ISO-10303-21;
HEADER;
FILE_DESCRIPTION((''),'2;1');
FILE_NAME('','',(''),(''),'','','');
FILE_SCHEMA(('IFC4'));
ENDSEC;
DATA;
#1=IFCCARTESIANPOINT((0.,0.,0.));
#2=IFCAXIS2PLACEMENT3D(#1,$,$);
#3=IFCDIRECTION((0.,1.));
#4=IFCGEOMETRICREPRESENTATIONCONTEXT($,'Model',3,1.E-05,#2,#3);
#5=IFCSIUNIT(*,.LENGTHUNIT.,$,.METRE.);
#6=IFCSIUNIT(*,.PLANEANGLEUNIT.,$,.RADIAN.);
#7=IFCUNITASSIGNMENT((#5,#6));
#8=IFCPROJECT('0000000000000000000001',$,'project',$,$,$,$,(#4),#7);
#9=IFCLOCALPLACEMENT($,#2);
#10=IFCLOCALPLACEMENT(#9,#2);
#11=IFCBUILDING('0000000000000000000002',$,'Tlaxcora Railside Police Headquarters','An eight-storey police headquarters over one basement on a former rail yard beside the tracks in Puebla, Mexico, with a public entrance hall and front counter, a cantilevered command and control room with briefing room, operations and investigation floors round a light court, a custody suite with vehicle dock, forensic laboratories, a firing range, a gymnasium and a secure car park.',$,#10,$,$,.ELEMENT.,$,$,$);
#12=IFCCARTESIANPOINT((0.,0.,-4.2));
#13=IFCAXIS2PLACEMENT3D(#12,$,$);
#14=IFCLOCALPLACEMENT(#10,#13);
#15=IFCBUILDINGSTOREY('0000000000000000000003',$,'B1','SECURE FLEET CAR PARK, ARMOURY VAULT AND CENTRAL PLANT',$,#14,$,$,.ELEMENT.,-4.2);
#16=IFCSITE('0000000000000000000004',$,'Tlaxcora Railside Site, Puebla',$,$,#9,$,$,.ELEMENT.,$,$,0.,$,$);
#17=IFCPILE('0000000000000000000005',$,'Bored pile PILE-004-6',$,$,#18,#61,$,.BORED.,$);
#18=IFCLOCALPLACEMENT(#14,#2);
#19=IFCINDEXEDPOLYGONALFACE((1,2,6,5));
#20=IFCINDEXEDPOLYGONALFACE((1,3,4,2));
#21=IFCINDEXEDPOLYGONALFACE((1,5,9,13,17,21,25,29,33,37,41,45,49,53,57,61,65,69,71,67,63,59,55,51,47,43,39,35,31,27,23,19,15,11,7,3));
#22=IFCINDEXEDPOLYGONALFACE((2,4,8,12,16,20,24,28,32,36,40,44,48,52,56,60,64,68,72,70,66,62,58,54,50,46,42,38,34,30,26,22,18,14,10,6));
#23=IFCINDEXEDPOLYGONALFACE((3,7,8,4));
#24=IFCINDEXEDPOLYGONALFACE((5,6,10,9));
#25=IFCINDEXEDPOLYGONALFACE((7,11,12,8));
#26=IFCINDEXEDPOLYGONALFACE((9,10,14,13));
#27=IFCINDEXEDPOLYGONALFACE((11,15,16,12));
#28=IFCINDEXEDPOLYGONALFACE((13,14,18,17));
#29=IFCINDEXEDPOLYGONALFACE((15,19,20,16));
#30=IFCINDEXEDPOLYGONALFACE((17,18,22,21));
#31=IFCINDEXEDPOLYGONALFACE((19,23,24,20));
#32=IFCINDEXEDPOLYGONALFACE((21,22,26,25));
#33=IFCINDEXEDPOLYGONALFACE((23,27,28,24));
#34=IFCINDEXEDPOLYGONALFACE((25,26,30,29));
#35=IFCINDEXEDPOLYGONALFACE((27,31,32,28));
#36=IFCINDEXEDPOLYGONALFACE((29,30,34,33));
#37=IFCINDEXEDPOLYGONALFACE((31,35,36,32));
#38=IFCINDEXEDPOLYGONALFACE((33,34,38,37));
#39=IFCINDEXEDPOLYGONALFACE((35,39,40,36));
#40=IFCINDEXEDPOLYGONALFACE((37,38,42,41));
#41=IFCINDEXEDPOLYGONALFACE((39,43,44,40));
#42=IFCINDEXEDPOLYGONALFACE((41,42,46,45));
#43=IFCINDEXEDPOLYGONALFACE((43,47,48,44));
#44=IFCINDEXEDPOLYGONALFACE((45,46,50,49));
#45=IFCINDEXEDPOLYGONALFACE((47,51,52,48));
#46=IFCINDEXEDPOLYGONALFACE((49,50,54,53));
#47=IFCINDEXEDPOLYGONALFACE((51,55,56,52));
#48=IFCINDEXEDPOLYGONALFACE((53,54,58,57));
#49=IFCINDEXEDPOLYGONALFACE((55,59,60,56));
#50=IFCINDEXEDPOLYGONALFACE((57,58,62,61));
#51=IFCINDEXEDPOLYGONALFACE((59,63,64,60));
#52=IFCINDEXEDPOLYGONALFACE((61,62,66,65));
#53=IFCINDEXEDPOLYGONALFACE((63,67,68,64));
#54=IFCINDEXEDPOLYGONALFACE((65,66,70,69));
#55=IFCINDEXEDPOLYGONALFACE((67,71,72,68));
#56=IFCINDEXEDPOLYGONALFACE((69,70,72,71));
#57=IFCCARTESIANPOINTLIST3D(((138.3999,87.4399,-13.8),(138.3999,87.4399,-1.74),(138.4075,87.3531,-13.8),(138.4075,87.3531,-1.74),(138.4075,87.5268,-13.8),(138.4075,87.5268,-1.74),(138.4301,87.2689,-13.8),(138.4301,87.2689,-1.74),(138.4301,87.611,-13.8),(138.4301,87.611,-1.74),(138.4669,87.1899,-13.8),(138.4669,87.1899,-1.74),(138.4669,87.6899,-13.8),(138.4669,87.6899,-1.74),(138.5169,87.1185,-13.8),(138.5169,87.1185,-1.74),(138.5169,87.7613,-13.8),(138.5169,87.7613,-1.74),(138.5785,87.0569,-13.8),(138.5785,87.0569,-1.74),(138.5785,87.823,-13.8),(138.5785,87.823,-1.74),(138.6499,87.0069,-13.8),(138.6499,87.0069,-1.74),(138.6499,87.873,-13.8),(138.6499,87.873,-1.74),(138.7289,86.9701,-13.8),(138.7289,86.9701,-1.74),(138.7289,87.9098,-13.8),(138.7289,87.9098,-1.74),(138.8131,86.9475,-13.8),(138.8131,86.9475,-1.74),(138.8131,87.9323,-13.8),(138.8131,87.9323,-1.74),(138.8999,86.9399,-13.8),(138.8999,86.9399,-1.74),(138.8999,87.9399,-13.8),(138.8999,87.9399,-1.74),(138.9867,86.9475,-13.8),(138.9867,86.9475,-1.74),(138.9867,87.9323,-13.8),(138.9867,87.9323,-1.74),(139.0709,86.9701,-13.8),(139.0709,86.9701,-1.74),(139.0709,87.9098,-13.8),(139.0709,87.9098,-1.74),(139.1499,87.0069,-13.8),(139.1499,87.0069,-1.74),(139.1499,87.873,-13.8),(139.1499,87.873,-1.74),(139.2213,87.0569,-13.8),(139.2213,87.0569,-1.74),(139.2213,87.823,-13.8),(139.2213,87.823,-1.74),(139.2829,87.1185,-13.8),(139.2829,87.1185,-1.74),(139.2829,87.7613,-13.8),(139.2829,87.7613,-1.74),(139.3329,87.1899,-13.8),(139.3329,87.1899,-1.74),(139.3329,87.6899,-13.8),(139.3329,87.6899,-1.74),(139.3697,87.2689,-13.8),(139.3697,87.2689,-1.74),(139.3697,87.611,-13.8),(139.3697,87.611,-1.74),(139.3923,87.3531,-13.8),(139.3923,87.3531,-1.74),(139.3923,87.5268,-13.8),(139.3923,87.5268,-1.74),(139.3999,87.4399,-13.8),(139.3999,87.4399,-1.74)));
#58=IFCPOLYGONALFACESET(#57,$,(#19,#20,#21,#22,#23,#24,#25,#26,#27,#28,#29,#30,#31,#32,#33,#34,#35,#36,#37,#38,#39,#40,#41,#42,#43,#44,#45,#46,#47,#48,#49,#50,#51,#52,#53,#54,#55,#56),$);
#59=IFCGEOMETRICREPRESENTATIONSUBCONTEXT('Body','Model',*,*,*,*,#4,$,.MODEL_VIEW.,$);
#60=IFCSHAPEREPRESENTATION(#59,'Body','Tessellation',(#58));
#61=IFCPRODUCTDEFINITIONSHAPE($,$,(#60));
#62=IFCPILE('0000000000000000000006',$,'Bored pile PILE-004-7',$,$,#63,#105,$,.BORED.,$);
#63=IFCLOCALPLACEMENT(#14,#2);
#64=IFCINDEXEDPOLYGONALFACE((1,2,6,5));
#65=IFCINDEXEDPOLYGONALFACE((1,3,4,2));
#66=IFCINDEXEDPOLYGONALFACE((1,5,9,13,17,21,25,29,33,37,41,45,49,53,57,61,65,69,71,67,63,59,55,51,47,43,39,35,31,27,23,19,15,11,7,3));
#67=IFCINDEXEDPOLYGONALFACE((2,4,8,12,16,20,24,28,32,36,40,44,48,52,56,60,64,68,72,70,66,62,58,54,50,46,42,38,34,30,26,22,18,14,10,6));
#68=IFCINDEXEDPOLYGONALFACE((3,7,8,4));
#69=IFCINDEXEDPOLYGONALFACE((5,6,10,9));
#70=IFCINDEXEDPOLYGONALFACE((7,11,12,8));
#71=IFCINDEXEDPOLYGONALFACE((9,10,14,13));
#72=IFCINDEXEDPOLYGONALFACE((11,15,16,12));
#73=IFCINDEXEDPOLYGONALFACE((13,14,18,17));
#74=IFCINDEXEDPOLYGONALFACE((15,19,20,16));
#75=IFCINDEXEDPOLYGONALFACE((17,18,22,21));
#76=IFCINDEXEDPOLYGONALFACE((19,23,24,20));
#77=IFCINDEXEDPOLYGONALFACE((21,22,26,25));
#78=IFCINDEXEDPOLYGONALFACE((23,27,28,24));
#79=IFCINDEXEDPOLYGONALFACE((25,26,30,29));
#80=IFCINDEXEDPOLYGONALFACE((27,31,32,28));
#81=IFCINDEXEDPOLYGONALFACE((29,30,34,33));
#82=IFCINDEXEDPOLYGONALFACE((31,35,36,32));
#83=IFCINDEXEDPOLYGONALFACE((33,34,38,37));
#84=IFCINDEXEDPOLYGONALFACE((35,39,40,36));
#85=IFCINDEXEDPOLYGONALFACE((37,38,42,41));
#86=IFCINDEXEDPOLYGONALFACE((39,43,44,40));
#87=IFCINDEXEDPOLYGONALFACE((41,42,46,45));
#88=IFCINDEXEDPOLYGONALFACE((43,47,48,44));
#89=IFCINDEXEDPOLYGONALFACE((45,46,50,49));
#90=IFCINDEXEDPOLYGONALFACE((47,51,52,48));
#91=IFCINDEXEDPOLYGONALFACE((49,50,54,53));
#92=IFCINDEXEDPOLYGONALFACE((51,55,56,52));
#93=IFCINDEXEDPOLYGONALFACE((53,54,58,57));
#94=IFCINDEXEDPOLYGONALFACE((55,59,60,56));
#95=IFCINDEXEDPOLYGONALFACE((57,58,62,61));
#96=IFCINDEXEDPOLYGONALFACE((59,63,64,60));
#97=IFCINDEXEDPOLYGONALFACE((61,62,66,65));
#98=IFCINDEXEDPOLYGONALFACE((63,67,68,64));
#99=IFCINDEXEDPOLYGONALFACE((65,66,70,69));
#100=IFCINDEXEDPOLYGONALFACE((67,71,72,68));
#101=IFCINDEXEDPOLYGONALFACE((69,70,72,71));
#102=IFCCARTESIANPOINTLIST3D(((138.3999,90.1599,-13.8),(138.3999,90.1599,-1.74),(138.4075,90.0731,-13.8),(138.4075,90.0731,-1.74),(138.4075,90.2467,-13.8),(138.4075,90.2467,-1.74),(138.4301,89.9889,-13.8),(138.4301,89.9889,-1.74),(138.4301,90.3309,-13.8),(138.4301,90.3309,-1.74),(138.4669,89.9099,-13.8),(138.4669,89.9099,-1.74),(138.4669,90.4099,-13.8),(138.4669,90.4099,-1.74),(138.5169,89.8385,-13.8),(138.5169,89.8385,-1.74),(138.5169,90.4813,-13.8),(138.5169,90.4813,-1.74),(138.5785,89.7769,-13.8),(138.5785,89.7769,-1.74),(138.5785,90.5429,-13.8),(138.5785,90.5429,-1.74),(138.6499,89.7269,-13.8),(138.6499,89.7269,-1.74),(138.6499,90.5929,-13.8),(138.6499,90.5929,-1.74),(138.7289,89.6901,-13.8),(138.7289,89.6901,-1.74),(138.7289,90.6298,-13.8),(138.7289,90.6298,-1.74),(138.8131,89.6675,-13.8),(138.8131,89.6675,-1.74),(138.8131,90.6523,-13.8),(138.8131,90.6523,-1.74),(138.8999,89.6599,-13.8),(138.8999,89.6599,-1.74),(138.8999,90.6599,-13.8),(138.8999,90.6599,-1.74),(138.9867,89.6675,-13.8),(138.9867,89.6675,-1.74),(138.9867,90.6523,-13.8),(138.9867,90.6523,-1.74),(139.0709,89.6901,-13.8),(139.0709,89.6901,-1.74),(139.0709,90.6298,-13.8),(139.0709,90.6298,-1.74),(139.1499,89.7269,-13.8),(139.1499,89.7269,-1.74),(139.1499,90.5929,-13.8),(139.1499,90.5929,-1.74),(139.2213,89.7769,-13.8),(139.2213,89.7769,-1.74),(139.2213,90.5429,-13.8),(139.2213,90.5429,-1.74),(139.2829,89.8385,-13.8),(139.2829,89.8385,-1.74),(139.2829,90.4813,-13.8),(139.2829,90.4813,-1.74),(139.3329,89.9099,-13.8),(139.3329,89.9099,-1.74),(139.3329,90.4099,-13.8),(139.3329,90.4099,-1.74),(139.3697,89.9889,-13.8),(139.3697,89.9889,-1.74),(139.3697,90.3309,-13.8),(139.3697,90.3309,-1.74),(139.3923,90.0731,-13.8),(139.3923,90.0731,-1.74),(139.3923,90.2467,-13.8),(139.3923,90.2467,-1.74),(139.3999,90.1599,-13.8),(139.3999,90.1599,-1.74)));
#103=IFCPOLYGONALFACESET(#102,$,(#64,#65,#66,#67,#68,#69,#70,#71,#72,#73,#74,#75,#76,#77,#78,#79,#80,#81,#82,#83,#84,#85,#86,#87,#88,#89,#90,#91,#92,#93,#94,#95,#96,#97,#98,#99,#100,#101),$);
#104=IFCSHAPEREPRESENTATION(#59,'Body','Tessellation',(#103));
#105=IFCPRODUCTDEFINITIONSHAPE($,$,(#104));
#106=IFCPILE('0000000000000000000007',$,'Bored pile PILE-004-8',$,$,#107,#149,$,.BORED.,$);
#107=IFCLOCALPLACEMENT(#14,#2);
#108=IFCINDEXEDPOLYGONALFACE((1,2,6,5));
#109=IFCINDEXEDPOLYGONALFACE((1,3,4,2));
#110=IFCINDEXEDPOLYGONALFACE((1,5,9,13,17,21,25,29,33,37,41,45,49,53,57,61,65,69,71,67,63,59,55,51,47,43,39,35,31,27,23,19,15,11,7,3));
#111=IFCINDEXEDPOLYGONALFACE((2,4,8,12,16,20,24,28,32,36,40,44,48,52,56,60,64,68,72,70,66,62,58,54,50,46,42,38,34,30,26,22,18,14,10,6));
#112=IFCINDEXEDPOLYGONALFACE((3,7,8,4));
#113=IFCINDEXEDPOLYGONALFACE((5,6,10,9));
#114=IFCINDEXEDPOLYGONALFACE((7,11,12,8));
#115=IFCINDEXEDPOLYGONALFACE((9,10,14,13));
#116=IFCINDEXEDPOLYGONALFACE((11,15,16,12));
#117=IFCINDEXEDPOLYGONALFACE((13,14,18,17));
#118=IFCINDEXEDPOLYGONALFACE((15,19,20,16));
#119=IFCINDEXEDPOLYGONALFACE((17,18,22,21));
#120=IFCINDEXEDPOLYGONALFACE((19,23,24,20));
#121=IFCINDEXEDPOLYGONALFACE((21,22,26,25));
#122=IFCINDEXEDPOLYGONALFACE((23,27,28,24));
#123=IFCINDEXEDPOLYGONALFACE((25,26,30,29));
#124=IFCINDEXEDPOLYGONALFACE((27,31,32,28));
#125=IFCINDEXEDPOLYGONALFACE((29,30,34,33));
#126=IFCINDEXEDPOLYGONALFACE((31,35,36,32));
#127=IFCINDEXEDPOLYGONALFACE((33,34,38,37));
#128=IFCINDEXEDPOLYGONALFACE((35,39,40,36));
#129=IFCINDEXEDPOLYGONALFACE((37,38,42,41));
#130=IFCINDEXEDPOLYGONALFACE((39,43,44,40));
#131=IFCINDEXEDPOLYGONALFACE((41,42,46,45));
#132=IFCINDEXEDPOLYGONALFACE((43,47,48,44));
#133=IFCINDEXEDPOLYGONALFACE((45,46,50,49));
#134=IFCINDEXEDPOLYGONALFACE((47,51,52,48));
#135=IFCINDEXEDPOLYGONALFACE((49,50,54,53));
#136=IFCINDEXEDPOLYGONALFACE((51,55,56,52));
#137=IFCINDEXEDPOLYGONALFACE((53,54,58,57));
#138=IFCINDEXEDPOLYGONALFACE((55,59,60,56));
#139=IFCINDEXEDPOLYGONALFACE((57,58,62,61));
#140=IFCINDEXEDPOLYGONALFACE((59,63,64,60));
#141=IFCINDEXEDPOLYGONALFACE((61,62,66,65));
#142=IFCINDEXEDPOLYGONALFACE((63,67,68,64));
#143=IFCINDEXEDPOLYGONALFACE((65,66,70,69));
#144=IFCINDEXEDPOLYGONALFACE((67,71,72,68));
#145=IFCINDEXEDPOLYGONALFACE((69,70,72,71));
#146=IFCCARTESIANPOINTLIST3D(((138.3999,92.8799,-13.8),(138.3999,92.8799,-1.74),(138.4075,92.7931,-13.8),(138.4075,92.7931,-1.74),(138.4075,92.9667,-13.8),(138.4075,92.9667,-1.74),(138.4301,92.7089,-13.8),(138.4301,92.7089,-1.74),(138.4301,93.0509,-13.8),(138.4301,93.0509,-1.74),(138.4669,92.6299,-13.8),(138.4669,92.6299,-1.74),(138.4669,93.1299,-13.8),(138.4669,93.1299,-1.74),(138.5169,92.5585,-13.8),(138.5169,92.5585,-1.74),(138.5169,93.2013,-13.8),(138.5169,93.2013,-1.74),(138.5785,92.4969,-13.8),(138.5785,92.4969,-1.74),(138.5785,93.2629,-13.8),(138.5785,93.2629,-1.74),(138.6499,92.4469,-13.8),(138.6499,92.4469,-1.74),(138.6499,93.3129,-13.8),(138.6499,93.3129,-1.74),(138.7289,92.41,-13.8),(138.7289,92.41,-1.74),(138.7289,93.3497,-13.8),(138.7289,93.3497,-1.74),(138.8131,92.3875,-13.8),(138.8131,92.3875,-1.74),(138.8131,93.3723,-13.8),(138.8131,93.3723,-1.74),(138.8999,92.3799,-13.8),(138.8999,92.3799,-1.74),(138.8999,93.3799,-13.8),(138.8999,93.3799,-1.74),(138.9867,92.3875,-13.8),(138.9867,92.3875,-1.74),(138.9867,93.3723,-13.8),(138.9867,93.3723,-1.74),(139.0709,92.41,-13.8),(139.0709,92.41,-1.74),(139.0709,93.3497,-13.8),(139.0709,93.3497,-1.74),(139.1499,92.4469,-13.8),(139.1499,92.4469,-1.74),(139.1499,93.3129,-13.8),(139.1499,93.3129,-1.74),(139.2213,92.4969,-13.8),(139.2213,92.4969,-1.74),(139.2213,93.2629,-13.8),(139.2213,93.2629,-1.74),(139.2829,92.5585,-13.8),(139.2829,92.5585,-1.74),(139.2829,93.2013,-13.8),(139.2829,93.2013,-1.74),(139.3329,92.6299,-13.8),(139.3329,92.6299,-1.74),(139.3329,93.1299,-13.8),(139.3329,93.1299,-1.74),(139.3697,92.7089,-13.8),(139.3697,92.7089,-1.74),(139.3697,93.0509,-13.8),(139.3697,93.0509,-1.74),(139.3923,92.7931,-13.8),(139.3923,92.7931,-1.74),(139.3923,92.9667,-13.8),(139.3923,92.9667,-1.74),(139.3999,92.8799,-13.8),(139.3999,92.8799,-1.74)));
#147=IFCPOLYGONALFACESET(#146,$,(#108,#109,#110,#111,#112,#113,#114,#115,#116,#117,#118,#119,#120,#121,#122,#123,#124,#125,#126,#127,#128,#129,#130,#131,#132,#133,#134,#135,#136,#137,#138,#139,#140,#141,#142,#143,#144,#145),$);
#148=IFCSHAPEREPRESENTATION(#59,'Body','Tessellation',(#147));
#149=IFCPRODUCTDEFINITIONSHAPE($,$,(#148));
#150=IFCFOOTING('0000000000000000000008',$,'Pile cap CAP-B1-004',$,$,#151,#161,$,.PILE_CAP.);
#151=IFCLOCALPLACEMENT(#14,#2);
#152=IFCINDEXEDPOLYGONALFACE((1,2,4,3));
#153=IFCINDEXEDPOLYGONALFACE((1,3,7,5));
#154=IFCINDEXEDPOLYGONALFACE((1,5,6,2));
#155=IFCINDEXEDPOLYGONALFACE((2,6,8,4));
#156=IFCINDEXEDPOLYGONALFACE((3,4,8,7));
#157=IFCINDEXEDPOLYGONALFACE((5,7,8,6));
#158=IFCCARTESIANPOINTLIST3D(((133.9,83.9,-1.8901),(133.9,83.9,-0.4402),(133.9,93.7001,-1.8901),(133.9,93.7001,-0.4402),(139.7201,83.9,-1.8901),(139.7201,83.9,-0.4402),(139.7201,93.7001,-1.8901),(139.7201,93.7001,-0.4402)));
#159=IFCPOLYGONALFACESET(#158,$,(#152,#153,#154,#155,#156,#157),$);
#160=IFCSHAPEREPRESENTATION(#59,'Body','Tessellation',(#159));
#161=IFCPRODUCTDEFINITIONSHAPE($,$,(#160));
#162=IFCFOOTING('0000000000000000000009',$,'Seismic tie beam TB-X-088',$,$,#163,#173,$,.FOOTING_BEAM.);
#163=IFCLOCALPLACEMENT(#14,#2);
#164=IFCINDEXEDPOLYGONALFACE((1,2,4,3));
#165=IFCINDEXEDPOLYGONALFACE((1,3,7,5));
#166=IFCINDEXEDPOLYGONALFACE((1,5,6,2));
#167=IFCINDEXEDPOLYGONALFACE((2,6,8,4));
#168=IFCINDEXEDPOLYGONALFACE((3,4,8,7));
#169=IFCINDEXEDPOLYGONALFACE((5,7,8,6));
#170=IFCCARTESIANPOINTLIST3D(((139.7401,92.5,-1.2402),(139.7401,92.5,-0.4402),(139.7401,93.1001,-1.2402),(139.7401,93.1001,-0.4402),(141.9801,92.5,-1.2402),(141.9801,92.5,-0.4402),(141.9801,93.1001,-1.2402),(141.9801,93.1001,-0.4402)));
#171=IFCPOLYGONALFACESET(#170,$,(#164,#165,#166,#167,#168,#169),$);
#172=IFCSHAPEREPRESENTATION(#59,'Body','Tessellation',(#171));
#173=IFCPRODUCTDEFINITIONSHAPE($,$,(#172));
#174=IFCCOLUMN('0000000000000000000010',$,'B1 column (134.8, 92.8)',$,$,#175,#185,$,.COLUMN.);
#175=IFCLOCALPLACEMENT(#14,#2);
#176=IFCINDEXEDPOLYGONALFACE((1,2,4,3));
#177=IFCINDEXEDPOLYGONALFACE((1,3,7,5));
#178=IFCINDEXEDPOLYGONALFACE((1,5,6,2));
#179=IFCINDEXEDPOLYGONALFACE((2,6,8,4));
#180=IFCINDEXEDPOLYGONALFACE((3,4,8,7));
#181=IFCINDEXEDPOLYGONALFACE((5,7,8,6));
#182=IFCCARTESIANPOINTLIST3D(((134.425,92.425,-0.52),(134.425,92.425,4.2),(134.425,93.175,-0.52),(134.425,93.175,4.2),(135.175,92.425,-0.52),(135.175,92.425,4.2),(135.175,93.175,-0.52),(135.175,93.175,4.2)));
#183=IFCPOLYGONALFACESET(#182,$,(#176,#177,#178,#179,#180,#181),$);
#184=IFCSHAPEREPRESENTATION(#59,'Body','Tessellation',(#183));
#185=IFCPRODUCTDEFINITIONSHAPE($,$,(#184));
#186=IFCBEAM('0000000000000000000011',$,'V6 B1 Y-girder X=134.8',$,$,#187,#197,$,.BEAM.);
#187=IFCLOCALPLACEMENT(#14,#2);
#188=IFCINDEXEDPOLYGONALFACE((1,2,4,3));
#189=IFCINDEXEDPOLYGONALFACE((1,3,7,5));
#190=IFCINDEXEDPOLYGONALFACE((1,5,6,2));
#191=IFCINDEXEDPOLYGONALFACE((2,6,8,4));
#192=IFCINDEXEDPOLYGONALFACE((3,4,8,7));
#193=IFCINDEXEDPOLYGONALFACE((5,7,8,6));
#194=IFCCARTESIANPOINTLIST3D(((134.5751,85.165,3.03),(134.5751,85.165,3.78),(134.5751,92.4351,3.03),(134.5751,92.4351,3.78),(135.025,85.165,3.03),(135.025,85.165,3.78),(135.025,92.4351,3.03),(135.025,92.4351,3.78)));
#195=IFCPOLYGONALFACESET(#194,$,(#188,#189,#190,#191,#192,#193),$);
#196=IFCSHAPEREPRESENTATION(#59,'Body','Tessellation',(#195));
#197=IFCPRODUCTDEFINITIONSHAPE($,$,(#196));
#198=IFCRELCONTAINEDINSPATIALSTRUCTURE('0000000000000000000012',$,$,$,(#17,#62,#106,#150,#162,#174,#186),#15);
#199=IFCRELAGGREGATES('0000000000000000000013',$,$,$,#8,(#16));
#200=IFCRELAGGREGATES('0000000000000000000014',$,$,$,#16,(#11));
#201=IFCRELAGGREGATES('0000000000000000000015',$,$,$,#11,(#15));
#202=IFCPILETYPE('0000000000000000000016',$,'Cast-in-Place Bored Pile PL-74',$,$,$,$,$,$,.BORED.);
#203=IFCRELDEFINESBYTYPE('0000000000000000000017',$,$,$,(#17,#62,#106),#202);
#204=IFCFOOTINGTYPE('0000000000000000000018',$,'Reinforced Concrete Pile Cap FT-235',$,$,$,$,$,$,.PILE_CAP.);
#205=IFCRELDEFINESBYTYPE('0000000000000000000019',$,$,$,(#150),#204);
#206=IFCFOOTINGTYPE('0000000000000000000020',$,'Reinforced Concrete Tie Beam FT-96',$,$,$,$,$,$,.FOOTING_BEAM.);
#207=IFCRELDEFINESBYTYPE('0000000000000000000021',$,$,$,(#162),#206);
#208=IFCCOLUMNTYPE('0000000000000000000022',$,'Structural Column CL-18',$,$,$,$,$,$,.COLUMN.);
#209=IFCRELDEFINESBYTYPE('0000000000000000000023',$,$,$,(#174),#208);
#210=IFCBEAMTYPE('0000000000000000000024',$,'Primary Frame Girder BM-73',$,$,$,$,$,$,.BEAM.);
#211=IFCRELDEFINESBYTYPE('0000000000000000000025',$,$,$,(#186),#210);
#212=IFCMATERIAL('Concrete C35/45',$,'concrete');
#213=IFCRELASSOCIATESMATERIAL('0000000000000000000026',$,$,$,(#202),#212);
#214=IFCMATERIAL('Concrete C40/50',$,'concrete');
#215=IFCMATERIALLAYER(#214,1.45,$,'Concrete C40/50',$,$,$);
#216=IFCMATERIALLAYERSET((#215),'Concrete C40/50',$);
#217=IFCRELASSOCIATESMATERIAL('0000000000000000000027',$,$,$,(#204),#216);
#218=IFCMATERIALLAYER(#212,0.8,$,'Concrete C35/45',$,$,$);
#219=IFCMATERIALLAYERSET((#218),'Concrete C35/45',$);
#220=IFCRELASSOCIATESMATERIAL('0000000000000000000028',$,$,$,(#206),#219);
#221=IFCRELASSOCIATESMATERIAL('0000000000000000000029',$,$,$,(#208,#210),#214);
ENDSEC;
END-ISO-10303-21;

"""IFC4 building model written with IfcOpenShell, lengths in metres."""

from ifc_helpers import new_model, si_unit, direction, frame, origin, origin_2d, place, context, subcontext, project, spatial, rectangle, circle, extrude, material, layer, layer_set, material_profile, profile_set, type_object, element, save


model = new_model("IFC4")

# Units and contexts
model_context = context("Model", 3, precision=1e-05, world=origin(), true_north=direction((0.0, 1.0)))
body_context = subcontext(model_context, "Body", "Model", "MODEL_VIEW")
ifc_project = project(units=[si_unit("LENGTHUNIT", "METRE"), si_unit("PLANEANGLEUNIT", "RADIAN")], contexts=[model_context])

# Site, building, storey
site_placement = place(None, origin())
site = spatial("IfcSite", under=ifc_project, at=site_placement, Name="Tlaxcora Railside Site, Puebla", CompositionType="ELEMENT", RefElevation=0.0)
building_placement = place(site_placement, origin())
building = spatial("IfcBuilding", under=site, at=building_placement, Name="Tlaxcora Railside Police Headquarters", Description="An eight-storey police headquarters over one basement on a former rail yard beside the tracks in Puebla, Mexico, with a public entrance hall and front counter, a cantilevered command and control room with briefing room, operations and investigation floors round a light court, a custody suite with vehicle dock, forensic laboratories, a firing range, a gymnasium and a secure car park.", CompositionType="ELEMENT")
storey_placement = place(building_placement, frame((0.0, 0.0, -4.2)))
storey = spatial("IfcBuildingStorey", under=building, at=storey_placement, Name="B1", Description="SECURE FLEET CAR PARK, ARMOURY VAULT AND CENTRAL PLANT", CompositionType="ELEMENT", Elevation=-4.2)

# Piles
ifc_material_1 = material(Name="Concrete C35/45", Category="concrete")
ifc_material_profile_1 = material_profile(ifc_material_1, circle(Radius=0.5, at=origin_2d()), Name="PILE1000")
ifc_profile_set_1 = profile_set([ifc_material_profile_1], Name="Concrete C35/45")
pile_type = type_object("IfcPileType", Name="Cast-in-Place Bored Pile PL-74", PredefinedType="BORED", material=ifc_profile_set_1)
for number, where, z_axis, x_axis, name in (
    (1, (138.8999, 87.4399, -1.74), (0.0, 0.0, -1.0), (1.0, 0.0, 0.0), "Bored pile PILE-004-6"),
    (2, (138.8999, 90.1599, -1.74), (0.0, 0.0, -1.0), (1.0, 0.0, 0.0), "Bored pile PILE-004-7"),
    (3, (138.8999, 92.8799, -1.74), (0.0, 0.0, -1.0), (1.0, 0.0, 0.0), "Bored pile PILE-004-8"),
):
    element("IfcPile", number, at=place(storey_placement, frame(where, z_axis=z_axis, x_axis=x_axis)), inside=storey, type_object=pile_type, Name=name, PredefinedType="BORED", context=body_context, shape_type="SweptSolid", body=[
        extrude(circle(Radius=0.5, at=origin_2d()), origin(), (0.0, 0.0, 1.0), 12.0601),
    ])

# Footings
ifc_material_2 = material(Name="Concrete C40/50", Category="concrete")
ifc_layer_1 = layer(ifc_material_2, 1.45, Name="Concrete C40/50")
ifc_layer_set_1 = layer_set([ifc_layer_1], Name="Concrete C40/50")
footing_type_1 = type_object("IfcFootingType", Name="Reinforced Concrete Pile Cap FT-235", PredefinedType="PILE_CAP", material=ifc_layer_set_1)
footing_1_placement = place(storey_placement, frame((136.8101, 88.8, -1.8901), z_axis=(0.0, 0.0, 1.0), x_axis=(1.0, 0.0, 0.0)))
element("IfcFooting", 4, at=footing_1_placement, inside=storey, type_object=footing_type_1, Name="Pile cap CAP-B1-004", PredefinedType="PILE_CAP", context=body_context, shape_type="SweptSolid", body=[
    extrude(rectangle(XDim=5.8201, YDim=9.8, at=origin_2d()), origin(), (0.0, 0.0, 1.0), 1.45),
])
ifc_layer_2 = layer(ifc_material_1, 0.8, Name="Concrete C35/45")
ifc_layer_set_2 = layer_set([ifc_layer_2], Name="Concrete C35/45")
footing_type_2 = type_object("IfcFootingType", Name="Reinforced Concrete Tie Beam FT-96", PredefinedType="FOOTING_BEAM", material=ifc_layer_set_2)
footing_2_placement = place(storey_placement, frame((140.8601, 92.8, -1.2402), z_axis=(0.0, 0.0, 1.0), x_axis=(1.0, 0.0, 0.0)))
element("IfcFooting", 5, at=footing_2_placement, inside=storey, type_object=footing_type_2, Name="Seismic tie beam TB-X-088", PredefinedType="FOOTING_BEAM", context=body_context, shape_type="SweptSolid", body=[
    extrude(rectangle(XDim=2.24, YDim=0.6001, at=origin_2d()), origin(), (0.0, 0.0, 1.0), 0.8),
])

# Column
ifc_material_profile_2 = material_profile(ifc_material_2, rectangle(XDim=0.75, YDim=0.75, at=origin_2d()), Name="RC750X750")
ifc_profile_set_2 = profile_set([ifc_material_profile_2], Name="Concrete C40/50")
column_type = type_object("IfcColumnType", Name="Structural Column CL-18", PredefinedType="COLUMN", material=ifc_profile_set_2)
column_placement = place(storey_placement, frame((134.8, 92.8, -0.52), z_axis=(0.0, 0.0, 1.0), x_axis=(1.0, 0.0, 0.0)))
element("IfcColumn", 6, at=column_placement, inside=storey, type_object=column_type, Name="B1 column (134.8, 92.8)", PredefinedType="COLUMN", context=body_context, shape_type="SweptSolid", body=[
    extrude(rectangle(XDim=0.75, YDim=0.75, at=origin_2d()), origin(), (0.0, 0.0, 1.0), 4.72),
])

# Beam
ifc_material_profile_3 = material_profile(ifc_material_2, rectangle(XDim=0.45, YDim=0.75, at=origin_2d()), Name="RC450X750")
ifc_profile_set_3 = profile_set([ifc_material_profile_3], Name="Concrete C40/50")
beam_type = type_object("IfcBeamType", Name="Primary Frame Girder BM-73", PredefinedType="BEAM", material=ifc_profile_set_3)
beam_placement = place(storey_placement, frame((134.8, 85.165, 3.405), z_axis=(0.0, 1.0, 0.0), x_axis=(-1.0, 0.0, 0.0)))
element("IfcBeam", 7, at=beam_placement, inside=storey, type_object=beam_type, Name="V6 B1 Y-girder X=134.8", PredefinedType="BEAM", context=body_context, shape_type="SweptSolid", body=[
    extrude(rectangle(XDim=0.45, YDim=0.75, at=origin_2d()), origin(), (0.0, 0.0, 1.0), 7.27),
])

save(model, "model.ifc")
